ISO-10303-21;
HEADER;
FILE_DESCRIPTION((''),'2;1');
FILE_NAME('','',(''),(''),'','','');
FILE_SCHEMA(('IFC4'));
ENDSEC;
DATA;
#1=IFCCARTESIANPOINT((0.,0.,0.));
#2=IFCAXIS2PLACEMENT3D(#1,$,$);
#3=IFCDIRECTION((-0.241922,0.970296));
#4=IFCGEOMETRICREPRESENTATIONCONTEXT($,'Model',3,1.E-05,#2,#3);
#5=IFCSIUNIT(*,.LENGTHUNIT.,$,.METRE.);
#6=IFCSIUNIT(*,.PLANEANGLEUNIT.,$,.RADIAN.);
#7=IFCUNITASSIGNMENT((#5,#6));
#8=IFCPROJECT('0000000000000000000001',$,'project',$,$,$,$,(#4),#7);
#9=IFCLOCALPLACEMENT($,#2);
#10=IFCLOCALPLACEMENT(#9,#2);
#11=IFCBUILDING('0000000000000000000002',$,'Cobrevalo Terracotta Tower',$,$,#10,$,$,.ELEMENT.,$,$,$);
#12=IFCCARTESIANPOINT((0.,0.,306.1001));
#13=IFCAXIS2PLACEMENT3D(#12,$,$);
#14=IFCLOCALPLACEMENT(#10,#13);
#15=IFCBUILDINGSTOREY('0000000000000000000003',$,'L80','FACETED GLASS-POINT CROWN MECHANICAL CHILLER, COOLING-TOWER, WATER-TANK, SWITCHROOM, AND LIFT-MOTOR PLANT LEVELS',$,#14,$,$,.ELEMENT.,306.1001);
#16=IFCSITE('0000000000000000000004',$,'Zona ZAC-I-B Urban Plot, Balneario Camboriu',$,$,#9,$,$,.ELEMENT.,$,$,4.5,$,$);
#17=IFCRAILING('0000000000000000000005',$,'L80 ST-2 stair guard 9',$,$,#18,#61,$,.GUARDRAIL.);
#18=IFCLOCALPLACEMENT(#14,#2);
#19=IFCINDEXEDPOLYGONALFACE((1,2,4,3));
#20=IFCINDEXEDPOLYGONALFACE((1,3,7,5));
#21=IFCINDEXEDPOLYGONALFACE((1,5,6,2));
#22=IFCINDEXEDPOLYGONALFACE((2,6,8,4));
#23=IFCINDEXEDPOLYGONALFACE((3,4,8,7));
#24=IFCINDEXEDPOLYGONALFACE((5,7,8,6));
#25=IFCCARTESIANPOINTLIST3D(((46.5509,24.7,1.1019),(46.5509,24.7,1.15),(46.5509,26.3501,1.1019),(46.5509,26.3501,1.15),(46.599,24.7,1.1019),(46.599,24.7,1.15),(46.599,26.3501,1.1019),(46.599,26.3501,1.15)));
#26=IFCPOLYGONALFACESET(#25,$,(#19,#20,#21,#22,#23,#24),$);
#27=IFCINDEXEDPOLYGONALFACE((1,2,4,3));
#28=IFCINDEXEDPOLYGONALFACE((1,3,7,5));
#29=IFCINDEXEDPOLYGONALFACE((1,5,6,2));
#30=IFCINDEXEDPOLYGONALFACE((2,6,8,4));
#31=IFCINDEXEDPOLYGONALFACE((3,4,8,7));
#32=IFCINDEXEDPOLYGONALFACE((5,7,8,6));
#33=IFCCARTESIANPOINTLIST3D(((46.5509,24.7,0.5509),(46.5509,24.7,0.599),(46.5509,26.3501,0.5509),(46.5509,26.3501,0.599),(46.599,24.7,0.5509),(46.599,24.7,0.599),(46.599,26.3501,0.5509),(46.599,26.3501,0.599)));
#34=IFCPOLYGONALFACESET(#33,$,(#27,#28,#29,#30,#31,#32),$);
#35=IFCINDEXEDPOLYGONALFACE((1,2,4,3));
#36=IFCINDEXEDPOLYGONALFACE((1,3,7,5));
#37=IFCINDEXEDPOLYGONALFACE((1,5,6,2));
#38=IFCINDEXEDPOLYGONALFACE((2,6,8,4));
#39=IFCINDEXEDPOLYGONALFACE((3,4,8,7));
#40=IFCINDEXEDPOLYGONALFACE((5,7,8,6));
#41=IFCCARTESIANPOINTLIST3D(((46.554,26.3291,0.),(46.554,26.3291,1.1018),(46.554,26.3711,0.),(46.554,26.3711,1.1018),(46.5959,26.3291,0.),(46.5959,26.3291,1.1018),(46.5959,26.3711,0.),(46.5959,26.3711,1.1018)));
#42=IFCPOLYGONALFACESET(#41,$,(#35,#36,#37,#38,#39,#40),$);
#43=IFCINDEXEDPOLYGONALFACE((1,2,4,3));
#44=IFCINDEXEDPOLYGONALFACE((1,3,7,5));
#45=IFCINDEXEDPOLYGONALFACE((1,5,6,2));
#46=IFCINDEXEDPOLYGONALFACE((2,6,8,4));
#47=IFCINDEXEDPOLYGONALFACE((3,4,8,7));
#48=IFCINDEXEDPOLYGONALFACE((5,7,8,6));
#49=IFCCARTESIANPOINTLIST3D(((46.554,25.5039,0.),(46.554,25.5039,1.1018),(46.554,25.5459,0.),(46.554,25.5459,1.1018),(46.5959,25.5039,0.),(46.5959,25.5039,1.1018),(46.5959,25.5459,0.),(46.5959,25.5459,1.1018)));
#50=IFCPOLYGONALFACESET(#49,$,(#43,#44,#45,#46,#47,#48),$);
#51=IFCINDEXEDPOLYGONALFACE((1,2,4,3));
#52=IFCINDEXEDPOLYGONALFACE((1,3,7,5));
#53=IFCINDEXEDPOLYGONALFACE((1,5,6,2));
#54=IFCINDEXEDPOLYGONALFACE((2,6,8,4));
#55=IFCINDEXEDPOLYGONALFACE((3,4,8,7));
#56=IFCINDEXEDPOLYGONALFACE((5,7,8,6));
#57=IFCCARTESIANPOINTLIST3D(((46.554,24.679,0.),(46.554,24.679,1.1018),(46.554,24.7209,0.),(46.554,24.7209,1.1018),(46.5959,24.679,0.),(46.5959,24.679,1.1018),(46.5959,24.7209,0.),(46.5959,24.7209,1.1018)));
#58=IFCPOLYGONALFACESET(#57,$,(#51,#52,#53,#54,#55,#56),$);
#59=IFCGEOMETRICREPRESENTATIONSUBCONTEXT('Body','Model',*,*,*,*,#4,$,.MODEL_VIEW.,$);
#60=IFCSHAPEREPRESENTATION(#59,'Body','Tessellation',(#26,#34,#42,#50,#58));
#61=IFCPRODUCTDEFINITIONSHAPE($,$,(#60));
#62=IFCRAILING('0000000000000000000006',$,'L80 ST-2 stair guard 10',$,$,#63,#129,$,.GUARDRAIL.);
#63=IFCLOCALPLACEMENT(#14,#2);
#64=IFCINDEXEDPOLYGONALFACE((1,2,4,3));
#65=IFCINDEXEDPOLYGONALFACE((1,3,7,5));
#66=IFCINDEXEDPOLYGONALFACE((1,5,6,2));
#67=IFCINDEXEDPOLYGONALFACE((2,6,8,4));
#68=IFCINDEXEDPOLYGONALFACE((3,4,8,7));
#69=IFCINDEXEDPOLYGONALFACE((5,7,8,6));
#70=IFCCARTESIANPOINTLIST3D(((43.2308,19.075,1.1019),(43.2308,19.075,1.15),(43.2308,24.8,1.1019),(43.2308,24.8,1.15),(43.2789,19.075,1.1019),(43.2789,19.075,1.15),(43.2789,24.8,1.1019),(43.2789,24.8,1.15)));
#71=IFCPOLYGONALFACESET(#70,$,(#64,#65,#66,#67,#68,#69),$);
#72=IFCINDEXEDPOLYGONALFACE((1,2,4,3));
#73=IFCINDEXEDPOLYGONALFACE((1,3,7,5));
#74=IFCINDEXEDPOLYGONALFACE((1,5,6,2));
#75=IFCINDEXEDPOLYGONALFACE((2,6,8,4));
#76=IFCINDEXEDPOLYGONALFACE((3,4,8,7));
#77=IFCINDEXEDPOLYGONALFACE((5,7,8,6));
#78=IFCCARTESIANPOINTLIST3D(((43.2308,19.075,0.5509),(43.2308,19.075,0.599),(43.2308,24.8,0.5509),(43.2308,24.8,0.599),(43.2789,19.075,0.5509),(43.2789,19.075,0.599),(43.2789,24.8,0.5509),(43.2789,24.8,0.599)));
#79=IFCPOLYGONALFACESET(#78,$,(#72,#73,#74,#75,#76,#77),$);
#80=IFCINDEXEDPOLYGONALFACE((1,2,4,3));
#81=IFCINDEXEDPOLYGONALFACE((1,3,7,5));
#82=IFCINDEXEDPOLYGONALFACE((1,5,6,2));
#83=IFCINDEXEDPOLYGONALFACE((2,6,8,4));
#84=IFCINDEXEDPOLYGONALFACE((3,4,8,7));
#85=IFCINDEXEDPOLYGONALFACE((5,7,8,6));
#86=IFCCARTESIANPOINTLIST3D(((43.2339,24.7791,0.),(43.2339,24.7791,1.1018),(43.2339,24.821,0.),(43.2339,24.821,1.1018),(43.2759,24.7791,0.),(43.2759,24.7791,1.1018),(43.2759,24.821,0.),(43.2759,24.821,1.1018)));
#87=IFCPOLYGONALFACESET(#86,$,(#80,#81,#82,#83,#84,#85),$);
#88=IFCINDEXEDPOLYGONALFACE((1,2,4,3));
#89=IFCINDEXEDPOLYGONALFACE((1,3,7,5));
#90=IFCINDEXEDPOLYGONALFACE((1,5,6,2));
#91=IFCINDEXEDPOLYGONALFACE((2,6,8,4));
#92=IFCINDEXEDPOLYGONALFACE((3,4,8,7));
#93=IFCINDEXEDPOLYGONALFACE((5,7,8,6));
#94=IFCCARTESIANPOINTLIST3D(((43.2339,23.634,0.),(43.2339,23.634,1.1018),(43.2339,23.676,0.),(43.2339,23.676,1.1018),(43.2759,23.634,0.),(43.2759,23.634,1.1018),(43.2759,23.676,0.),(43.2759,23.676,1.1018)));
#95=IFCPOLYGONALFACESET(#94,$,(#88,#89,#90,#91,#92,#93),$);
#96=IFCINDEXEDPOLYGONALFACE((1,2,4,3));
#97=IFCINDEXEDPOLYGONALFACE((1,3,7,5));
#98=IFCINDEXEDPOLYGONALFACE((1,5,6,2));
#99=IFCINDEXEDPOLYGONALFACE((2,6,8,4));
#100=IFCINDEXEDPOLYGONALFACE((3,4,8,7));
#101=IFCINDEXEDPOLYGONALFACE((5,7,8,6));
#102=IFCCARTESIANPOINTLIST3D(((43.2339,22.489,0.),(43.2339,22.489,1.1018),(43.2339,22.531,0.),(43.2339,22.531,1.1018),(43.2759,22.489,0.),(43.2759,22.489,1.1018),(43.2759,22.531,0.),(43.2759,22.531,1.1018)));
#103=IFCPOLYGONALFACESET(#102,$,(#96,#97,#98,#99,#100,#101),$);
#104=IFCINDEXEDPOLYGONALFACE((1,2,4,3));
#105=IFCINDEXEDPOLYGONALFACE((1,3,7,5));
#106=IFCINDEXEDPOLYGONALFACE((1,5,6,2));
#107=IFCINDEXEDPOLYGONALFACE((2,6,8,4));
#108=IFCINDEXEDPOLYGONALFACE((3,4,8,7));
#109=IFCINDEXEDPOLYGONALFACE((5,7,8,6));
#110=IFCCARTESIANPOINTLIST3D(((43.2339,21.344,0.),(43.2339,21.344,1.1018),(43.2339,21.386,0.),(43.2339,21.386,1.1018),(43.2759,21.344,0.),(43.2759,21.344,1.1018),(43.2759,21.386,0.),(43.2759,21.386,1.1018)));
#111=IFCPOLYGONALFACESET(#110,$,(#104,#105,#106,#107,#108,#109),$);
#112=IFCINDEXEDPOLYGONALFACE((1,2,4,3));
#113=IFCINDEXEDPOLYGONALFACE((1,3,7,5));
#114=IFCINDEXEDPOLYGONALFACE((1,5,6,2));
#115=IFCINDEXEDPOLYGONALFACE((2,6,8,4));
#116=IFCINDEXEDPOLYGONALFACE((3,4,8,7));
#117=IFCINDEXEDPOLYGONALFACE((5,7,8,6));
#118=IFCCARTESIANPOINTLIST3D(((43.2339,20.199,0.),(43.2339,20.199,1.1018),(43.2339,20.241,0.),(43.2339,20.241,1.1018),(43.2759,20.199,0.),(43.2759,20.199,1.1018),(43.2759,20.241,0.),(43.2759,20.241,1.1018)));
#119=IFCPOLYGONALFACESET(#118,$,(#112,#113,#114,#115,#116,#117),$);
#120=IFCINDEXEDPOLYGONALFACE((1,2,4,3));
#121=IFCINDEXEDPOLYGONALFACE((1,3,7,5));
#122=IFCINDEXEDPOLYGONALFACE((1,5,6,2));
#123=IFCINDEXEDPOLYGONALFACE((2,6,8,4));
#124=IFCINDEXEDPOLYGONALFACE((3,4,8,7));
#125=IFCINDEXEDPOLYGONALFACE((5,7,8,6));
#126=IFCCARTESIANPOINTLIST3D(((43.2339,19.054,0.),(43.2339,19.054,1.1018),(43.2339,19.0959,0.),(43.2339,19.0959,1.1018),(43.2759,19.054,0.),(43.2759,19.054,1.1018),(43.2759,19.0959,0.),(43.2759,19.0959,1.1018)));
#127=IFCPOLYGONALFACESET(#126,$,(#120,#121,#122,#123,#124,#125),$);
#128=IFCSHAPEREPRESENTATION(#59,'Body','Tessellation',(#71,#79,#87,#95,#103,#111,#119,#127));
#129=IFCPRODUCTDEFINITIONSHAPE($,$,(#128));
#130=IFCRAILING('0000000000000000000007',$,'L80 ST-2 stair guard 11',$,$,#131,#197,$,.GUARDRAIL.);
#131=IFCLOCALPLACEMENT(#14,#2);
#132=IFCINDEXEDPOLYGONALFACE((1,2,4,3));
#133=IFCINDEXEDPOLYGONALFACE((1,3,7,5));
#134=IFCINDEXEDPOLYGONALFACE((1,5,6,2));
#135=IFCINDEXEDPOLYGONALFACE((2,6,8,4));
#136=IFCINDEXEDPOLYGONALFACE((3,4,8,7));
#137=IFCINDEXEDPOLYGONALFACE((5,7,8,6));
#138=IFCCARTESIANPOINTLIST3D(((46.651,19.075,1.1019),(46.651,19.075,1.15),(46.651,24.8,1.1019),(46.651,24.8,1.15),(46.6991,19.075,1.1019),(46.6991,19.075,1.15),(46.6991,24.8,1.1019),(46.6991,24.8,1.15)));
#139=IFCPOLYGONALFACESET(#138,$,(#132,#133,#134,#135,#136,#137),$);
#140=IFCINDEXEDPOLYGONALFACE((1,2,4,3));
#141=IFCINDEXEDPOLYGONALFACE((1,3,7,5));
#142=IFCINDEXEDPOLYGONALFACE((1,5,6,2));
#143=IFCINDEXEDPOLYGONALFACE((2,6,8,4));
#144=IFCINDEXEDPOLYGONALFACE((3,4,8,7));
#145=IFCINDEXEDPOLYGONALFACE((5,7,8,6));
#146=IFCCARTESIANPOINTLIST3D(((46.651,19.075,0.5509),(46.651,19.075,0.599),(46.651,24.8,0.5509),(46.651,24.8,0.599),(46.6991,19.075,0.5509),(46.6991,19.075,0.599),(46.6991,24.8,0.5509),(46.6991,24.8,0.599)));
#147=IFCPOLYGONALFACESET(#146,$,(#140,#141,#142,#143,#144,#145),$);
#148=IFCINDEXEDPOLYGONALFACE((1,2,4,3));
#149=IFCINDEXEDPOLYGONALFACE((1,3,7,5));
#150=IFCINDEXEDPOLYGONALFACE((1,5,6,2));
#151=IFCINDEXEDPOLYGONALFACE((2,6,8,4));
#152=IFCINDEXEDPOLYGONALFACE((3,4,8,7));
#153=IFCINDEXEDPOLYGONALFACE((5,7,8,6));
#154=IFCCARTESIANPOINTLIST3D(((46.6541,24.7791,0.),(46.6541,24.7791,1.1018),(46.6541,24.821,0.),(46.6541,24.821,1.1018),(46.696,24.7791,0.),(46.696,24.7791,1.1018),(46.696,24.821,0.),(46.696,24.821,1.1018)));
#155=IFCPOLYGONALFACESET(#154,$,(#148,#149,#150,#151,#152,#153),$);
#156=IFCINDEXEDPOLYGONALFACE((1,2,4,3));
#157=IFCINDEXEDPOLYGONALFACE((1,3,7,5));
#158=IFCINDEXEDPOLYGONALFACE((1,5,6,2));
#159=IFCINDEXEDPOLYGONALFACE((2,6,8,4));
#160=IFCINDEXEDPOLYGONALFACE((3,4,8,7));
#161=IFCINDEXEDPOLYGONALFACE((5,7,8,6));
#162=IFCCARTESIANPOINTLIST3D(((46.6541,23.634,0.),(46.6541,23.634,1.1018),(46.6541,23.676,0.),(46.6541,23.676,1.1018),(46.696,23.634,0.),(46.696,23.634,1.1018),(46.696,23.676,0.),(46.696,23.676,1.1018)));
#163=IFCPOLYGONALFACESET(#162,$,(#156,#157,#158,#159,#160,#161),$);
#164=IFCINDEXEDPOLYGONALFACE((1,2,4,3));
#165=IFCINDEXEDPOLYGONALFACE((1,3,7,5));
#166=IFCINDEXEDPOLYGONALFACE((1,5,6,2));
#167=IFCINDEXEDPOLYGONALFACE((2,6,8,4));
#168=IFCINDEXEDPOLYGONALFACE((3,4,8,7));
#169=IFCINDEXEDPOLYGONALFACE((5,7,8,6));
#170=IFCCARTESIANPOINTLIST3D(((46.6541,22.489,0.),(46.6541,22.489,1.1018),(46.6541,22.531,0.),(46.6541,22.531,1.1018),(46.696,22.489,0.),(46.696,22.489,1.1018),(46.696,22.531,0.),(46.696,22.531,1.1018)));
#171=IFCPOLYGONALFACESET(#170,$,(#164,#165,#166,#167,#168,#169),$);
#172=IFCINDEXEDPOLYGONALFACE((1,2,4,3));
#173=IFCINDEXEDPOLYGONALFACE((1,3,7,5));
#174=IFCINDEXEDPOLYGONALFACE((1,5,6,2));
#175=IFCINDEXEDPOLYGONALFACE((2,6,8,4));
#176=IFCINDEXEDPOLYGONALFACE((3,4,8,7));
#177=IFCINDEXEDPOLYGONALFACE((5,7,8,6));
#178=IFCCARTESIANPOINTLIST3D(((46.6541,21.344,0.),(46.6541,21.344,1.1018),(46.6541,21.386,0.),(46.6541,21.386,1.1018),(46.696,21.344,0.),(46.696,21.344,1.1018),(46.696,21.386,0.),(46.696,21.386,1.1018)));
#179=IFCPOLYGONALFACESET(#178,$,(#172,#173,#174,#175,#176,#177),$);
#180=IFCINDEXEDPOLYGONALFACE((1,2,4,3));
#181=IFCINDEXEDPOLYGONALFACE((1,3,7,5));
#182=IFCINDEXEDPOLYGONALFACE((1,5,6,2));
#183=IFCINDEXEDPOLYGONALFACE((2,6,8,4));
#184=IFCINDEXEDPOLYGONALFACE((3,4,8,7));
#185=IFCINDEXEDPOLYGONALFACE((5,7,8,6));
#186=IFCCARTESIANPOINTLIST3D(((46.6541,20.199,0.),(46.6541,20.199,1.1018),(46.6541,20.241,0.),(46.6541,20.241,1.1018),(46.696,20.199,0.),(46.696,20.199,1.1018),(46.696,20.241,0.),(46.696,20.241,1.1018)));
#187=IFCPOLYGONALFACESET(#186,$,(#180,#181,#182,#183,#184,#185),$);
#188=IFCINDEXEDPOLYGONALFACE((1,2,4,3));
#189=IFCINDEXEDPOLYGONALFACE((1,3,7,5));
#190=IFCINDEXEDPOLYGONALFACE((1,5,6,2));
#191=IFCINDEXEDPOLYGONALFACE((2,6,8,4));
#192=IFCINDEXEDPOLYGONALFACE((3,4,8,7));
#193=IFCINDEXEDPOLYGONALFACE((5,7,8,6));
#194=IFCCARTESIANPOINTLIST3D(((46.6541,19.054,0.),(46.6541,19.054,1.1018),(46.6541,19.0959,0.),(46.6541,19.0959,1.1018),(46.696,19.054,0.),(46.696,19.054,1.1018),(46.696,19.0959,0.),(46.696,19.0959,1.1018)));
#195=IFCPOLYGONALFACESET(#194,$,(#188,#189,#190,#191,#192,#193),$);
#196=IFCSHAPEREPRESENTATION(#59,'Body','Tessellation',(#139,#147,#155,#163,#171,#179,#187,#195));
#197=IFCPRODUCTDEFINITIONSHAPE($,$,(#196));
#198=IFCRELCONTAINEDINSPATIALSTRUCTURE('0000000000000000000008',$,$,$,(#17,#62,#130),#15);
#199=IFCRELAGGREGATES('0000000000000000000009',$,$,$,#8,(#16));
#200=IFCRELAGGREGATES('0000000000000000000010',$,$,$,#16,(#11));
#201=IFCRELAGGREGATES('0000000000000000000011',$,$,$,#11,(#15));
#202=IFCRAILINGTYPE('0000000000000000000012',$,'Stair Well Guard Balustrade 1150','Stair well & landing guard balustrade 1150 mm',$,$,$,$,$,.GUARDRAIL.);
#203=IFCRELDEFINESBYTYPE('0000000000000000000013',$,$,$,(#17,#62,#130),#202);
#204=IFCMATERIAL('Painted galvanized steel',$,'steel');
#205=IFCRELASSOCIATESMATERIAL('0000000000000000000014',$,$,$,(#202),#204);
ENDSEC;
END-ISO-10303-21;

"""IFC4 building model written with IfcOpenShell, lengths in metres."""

from ifc_helpers import new_model, si_unit, direction, frame, origin, origin_2d, place, context, subcontext, project, spatial, rectangle, extrude, material, type_object, element, save


model = new_model("IFC4")

# Units and contexts
model_context = context("Model", 3, precision=1e-05, world=origin(), true_north=direction((-0.241922, 0.970296)))
body_context = subcontext(model_context, "Body", "Model", "MODEL_VIEW")
ifc_project = project(units=[si_unit("LENGTHUNIT", "METRE"), si_unit("PLANEANGLEUNIT", "RADIAN")], contexts=[model_context])

# Site, building, storey
site_placement = place(None, origin())
site = spatial("IfcSite", under=ifc_project, at=site_placement, Name="Zona ZAC-I-B Urban Plot, Balneario Camboriu", CompositionType="ELEMENT", RefElevation=4.5)
building_placement = place(site_placement, origin())
building = spatial("IfcBuilding", under=site, at=building_placement, Name="Cobrevalo Terracotta Tower", CompositionType="ELEMENT")
storey_placement = place(building_placement, frame((0.0, 0.0, 306.1001)))
storey = spatial("IfcBuildingStorey", under=building, at=storey_placement, Name="L80", Description="FACETED GLASS-POINT CROWN MECHANICAL CHILLER, COOLING-TOWER, WATER-TANK, SWITCHROOM, AND LIFT-MOTOR PLANT LEVELS", CompositionType="ELEMENT", Elevation=306.1001)

# Railings
ifc_material_1 = material(Name="Painted galvanized steel", Category="steel")
railing_type = type_object("IfcRailingType", Name="Stair Well Guard Balustrade 1150", Description="Stair well & landing guard balustrade 1150 mm", PredefinedType="GUARDRAIL", material=ifc_material_1)
for number, where, name in (
    (1, (46.575, 26.3501, 0.0), "L80 ST-2 stair guard 9"),
):
    element("IfcRailing", number, at=place(storey_placement, frame(where)), inside=storey, type_object=railing_type, Name=name, PredefinedType="GUARDRAIL", context=body_context, shape_type="SweptSolid", body=[
        extrude(rectangle(XDim=0.0481, YDim=0.0481, at=origin_2d()), frame((0.0, 0.0, 1.126), z_axis=(0.0, -1.0, 0.0), x_axis=(1.0, 0.0, 0.0)), (0.0, 0.0, 1.0), 1.6501),
        extrude(rectangle(XDim=0.0481, YDim=0.0481, at=origin_2d()), frame((0.0, 0.0, 0.575), z_axis=(0.0, -1.0, 0.0), x_axis=(1.0, 0.0, 0.0)), (0.0, 0.0, 1.0), 1.6501),
        extrude(rectangle(XDim=0.042, YDim=0.042, at=origin_2d()), origin(), (0.0, 0.0, 1.0), 1.1018),
        extrude(rectangle(XDim=0.042, YDim=0.042, at=origin_2d()), frame((0.0, -0.8252, 0.0)), (0.0, 0.0, 1.0), 1.1018),
        extrude(rectangle(XDim=0.042, YDim=0.042, at=origin_2d()), frame((0.0, -1.6501, 0.0)), (0.0, 0.0, 1.0), 1.1018),
    ])
for number, where, name in (
    (2, (43.2549, 24.8, 0.0), "L80 ST-2 stair guard 10"),
    (3, (46.675, 24.8, 0.0), "L80 ST-2 stair guard 11"),
):
    element("IfcRailing", number, at=place(storey_placement, frame(where)), inside=storey, type_object=railing_type, Name=name, PredefinedType="GUARDRAIL", context=body_context, shape_type="SweptSolid", body=[
        extrude(rectangle(XDim=0.0481, YDim=0.0481, at=origin_2d()), frame((0.0, 0.0, 1.126), z_axis=(0.0, -1.0, 0.0), x_axis=(1.0, 0.0, 0.0)), (0.0, 0.0, 1.0), 5.7251),
        extrude(rectangle(XDim=0.0481, YDim=0.0481, at=origin_2d()), frame((0.0, 0.0, 0.575), z_axis=(0.0, -1.0, 0.0), x_axis=(1.0, 0.0, 0.0)), (0.0, 0.0, 1.0), 5.7251),
        extrude(rectangle(XDim=0.042, YDim=0.042, at=origin_2d()), origin(), (0.0, 0.0, 1.0), 1.1018),
        extrude(rectangle(XDim=0.042, YDim=0.042, at=origin_2d()), frame((0.0, -1.145, 0.0)), (0.0, 0.0, 1.0), 1.1018),
        extrude(rectangle(XDim=0.042, YDim=0.042, at=origin_2d()), frame((0.0, -2.29, 0.0)), (0.0, 0.0, 1.0), 1.1018),
        extrude(rectangle(XDim=0.042, YDim=0.042, at=origin_2d()), frame((0.0, -3.4351, 0.0)), (0.0, 0.0, 1.0), 1.1018),
        extrude(rectangle(XDim=0.042, YDim=0.042, at=origin_2d()), frame((0.0, -4.5801, 0.0)), (0.0, 0.0, 1.0), 1.1018),
        extrude(rectangle(XDim=0.042, YDim=0.042, at=origin_2d()), frame((0.0, -5.7251, 0.0)), (0.0, 0.0, 1.0), 1.1018),
    ])

save(model, "model.ifc")
